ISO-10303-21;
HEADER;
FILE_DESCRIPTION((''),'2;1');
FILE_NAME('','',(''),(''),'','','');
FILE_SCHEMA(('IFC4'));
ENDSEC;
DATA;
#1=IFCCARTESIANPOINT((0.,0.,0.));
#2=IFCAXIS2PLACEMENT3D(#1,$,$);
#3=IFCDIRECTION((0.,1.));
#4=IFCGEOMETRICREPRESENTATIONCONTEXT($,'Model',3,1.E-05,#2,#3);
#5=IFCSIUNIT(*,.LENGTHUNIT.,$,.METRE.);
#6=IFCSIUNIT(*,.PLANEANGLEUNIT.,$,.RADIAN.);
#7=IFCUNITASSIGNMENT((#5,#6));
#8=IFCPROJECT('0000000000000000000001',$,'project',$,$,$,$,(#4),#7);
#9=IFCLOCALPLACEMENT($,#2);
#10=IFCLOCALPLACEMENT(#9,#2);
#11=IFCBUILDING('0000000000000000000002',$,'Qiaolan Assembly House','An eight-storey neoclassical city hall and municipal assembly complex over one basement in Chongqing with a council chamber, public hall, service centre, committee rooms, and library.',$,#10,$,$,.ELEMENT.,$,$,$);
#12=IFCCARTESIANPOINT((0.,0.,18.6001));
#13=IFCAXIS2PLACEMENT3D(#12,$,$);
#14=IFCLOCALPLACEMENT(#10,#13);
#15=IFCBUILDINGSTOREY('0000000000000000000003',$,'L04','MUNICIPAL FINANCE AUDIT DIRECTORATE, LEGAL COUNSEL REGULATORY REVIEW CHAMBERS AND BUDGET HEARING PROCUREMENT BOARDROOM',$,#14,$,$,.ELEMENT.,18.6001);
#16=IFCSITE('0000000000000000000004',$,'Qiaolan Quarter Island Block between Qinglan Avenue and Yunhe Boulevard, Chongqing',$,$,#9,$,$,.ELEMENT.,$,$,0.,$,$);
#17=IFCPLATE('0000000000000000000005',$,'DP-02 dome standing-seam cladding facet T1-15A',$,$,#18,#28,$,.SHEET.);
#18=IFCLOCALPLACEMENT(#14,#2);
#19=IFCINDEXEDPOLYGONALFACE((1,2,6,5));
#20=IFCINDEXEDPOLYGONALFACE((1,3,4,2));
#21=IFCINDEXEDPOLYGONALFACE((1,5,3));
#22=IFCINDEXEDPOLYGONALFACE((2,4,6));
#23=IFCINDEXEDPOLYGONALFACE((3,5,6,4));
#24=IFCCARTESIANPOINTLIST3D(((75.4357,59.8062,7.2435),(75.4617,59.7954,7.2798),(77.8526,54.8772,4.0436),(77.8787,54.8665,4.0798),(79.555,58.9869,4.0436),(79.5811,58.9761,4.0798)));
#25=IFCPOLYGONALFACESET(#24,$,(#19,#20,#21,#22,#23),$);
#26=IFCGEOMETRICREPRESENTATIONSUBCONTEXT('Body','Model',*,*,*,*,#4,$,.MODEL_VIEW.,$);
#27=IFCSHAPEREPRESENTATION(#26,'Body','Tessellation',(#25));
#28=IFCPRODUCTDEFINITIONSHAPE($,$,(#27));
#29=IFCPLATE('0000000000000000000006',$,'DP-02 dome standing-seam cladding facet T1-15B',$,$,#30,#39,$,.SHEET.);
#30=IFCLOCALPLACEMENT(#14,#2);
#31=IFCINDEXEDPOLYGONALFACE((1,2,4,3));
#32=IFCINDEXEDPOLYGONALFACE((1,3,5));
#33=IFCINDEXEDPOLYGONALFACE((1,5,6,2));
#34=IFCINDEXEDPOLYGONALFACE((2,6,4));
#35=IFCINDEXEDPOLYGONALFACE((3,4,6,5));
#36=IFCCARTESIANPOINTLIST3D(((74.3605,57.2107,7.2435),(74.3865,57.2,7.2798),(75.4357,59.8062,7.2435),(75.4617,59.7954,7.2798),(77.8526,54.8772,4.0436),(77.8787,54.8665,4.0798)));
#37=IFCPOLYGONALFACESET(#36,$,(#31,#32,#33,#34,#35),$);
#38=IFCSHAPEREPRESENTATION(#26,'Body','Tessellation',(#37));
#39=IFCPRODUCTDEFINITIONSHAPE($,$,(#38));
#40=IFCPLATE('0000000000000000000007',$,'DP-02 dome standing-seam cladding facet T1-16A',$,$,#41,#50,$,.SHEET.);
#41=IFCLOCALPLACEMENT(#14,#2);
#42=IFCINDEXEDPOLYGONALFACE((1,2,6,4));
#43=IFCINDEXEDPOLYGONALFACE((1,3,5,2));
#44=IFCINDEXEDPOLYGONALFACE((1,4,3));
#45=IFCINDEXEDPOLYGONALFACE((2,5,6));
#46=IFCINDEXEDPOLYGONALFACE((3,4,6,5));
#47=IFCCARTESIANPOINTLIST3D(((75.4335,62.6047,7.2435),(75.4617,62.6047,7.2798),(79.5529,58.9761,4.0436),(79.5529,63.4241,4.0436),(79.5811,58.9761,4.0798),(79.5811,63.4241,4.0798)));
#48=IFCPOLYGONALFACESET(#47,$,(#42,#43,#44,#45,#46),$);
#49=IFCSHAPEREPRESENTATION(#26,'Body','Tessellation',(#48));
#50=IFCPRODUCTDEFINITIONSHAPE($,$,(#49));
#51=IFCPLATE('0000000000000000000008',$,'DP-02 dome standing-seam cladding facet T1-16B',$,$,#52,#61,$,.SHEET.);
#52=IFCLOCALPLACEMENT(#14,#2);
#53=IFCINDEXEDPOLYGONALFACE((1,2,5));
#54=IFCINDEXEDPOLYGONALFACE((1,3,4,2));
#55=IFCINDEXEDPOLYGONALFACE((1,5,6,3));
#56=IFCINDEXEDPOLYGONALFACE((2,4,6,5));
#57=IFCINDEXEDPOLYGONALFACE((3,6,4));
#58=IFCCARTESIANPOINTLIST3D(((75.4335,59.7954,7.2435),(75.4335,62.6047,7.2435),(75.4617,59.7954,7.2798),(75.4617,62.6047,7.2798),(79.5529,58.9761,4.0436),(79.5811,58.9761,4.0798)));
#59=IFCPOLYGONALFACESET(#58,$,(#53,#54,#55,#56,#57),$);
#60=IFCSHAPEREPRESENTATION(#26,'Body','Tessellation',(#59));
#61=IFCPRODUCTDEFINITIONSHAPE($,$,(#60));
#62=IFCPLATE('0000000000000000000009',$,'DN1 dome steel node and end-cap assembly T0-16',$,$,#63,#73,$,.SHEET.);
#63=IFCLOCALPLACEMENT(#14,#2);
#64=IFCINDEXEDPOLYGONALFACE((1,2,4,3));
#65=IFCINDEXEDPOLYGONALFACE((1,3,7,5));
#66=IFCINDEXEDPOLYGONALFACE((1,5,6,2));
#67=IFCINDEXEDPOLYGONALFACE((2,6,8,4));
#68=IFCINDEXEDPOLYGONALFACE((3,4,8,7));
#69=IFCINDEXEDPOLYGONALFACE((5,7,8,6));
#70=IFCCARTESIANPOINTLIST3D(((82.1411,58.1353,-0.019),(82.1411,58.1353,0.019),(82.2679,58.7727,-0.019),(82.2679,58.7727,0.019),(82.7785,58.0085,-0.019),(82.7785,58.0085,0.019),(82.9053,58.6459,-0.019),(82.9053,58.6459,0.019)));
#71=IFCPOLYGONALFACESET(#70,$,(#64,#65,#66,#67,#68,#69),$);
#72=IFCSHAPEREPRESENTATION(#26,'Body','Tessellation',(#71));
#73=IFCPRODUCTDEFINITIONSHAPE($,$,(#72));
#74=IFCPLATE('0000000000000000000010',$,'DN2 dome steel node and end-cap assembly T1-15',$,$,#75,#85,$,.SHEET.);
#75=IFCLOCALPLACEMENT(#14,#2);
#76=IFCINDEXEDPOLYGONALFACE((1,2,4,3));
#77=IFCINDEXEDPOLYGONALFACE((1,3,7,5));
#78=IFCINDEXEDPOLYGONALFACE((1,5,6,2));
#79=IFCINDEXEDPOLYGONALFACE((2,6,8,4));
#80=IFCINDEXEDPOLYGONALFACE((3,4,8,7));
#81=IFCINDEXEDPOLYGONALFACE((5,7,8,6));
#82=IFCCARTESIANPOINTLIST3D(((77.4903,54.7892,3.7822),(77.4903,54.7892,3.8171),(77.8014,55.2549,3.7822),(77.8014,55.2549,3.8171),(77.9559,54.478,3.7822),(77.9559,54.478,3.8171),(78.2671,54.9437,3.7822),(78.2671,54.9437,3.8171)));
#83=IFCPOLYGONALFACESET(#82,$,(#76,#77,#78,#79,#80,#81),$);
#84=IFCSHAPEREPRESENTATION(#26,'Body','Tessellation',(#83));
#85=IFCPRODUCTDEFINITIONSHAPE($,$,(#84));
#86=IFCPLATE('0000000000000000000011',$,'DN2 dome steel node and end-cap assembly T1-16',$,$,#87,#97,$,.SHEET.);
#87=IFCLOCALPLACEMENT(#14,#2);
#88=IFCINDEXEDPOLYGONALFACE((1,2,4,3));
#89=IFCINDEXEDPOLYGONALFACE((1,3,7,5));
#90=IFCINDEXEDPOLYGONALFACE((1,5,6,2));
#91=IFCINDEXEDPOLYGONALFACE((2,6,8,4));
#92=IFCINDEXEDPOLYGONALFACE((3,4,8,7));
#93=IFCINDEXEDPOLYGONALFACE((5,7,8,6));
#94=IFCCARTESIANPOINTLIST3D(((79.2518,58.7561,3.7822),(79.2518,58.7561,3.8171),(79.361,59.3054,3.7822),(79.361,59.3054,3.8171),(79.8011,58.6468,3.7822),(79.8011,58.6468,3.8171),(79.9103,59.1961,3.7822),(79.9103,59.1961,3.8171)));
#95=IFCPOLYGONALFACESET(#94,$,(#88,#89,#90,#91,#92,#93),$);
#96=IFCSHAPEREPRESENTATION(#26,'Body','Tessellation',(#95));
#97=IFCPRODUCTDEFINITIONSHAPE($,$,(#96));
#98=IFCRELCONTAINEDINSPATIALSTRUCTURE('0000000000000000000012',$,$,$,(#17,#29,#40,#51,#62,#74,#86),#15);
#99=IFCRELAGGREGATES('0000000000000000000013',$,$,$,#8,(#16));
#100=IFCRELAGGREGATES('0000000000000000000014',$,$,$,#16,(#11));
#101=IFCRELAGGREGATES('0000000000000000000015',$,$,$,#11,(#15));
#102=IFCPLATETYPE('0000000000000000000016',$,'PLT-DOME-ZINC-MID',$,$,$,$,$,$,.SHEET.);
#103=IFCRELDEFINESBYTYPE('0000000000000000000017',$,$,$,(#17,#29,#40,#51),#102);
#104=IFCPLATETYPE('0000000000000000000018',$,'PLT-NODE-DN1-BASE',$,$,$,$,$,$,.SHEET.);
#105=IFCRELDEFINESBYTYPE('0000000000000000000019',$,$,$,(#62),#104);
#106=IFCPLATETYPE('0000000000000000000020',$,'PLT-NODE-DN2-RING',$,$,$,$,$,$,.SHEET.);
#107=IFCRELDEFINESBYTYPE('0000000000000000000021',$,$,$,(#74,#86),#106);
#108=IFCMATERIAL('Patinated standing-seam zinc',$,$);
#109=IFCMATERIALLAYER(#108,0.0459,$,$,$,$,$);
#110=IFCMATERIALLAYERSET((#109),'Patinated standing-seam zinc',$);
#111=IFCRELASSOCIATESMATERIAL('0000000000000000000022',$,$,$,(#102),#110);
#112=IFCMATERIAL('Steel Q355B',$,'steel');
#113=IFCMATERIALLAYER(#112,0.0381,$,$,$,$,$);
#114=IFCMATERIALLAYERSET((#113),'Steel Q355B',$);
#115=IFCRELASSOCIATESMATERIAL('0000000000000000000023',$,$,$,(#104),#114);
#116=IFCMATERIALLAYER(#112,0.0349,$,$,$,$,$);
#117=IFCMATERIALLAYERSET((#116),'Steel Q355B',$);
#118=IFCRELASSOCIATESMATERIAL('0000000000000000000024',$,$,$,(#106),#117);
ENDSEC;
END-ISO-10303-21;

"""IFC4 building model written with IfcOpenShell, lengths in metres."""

from ifc_helpers import new_model, si_unit, direction, frame, origin, origin_2d, place, context, subcontext, project, spatial, polyline, rectangle, outline, extrude, material, layer, layer_set, type_object, element, save


model = new_model("IFC4")

# Units and contexts
model_context = context("Model", 3, precision=1e-05, world=origin(), true_north=direction((0.0, 1.0)))
body_context = subcontext(model_context, "Body", "Model", "MODEL_VIEW")
ifc_project = project(units=[si_unit("LENGTHUNIT", "METRE"), si_unit("PLANEANGLEUNIT", "RADIAN")], contexts=[model_context])

# Site, building, storey
site_placement = place(None, origin())
site = spatial("IfcSite", under=ifc_project, at=site_placement, Name="Qiaolan Quarter Island Block between Qinglan Avenue and Yunhe Boulevard, Chongqing", CompositionType="ELEMENT", RefElevation=0.0)
building_placement = place(site_placement, origin())
building = spatial("IfcBuilding", under=site, at=building_placement, Name="Qiaolan Assembly House", Description="An eight-storey neoclassical city hall and municipal assembly complex over one basement in Chongqing with a council chamber, public hall, service centre, committee rooms, and library.", CompositionType="ELEMENT")
storey_placement = place(building_placement, frame((0.0, 0.0, 18.6001)))
storey = spatial("IfcBuildingStorey", under=building, at=storey_placement, Name="L04", Description="MUNICIPAL FINANCE AUDIT DIRECTORATE, LEGAL COUNSEL REGULATORY REVIEW CHAMBERS AND BUDGET HEARING PROCUREMENT BOARDROOM", CompositionType="ELEMENT", Elevation=18.6001)

# Shared definitions
ifc_material_1 = material(Name="Steel Q355B", Category="steel")

# Plates
ifc_material_2 = material(Name="Patinated standing-seam zinc")
ifc_layer_1 = layer(ifc_material_2, 0.0459)
ifc_layer_set_1 = layer_set([ifc_layer_1], Name="Patinated standing-seam zinc")
plate_type_1 = type_object("IfcPlateType", Name="PLT-DOME-ZINC-MID", PredefinedType="SHEET", material=ifc_layer_set_1)
plate_1_placement = place(storey_placement, frame((77.8787, 54.8665, 4.0798), z_axis=(0.566761, -0.234779, 0.789722), x_axis=(0.382709, 0.923869, 0.0)))
element("IfcPlate", 1, at=plate_1_placement, inside=storey, type_object=plate_type_1, Name="DP-02 dome standing-seam cladding facet T1-15A", PredefinedType="SHEET", context=body_context, shape_type="SweptSolid", body=[
    extrude(outline(polyline([(0.0, 0.0), (4.4483, 0.0), (3.6287, 5.2162), (0.0, 0.0)])), origin(), (0.0, 0.0, -1.0), 0.0459),
])
plate_2_placement = place(storey_placement, frame((77.8787, 54.8665, 4.0798), z_axis=(0.566755, -0.234784, 0.789725), x_axis=(-0.380376, 0.775698, 0.503594)))
element("IfcPlate", 2, at=plate_2_placement, inside=storey, type_object=plate_type_1, Name="DP-02 dome standing-seam cladding facet T1-15B", PredefinedType="SHEET", context=body_context, shape_type="SweptSolid", body=[
    extrude(outline(polyline([(0.0, 0.0), (6.3542, 0.0), (4.7499, 2.3062), (0.0, 0.0)])), origin(), (0.0, 0.0, -1.0), 0.0459),
])
plate_3_placement = place(storey_placement, frame((79.5811, 58.9761, 4.0798), z_axis=(0.613461, 0.0, 0.789725), x_axis=(0.0, 1.0, 0.0)))
element("IfcPlate", 3, at=plate_3_placement, inside=storey, type_object=plate_type_1, Name="DP-02 dome standing-seam cladding facet T1-16A", PredefinedType="SHEET", context=body_context, shape_type="SweptSolid", body=[
    extrude(outline(polyline([(0.0, 0.0), (4.448, 0.0), (3.6287, 5.2162), (0.0, 0.0)])), origin(), (0.0, 0.0, -1.0), 0.0459),
])
plate_4_placement = place(storey_placement, frame((79.5811, 58.9761, 4.0798), z_axis=(0.613461, 0.0, 0.789725), x_axis=(-0.64829, 0.571063, 0.503594)))
element("IfcPlate", 4, at=plate_4_placement, inside=storey, type_object=plate_type_1, Name="DP-02 dome standing-seam cladding facet T1-16B", PredefinedType="SHEET", context=body_context, shape_type="SweptSolid", body=[
    extrude(outline(polyline([(0.0, 0.0), (6.3542, 0.0), (4.7499, 2.3062), (0.0, 0.0)])), origin(), (0.0, 0.0, -1.0), 0.0459),
])
ifc_layer_2 = layer(ifc_material_1, 0.0381)
ifc_layer_set_2 = layer_set([ifc_layer_2], Name="Steel Q355B")
plate_type_2 = type_object("IfcPlateType", Name="PLT-NODE-DN1-BASE", PredefinedType="SHEET", material=ifc_layer_set_2)
plate_5_placement = place(storey_placement, frame((82.5232, 58.3906, -0.019), z_axis=(0.0, 0.0, 1.0), x_axis=(0.980785, -0.19509, 0.0)))
element("IfcPlate", 5, at=plate_5_placement, inside=storey, type_object=plate_type_2, Name="DN1 dome steel node and end-cap assembly T0-16", PredefinedType="SHEET", context=body_context, shape_type="SweptSolid", body=[
    extrude(rectangle(XDim=0.6499, YDim=0.6499, at=origin_2d()), origin(), (0.0, 0.0, 1.0), 0.0381),
])
ifc_layer_3 = layer(ifc_material_1, 0.0349)
ifc_layer_set_3 = layer_set([ifc_layer_3], Name="Steel Q355B")
plate_type_3 = type_object("IfcPlateType", Name="PLT-NODE-DN2-RING", PredefinedType="SHEET", material=ifc_layer_set_3)
for number, where, z_axis, x_axis, name in (
    (6, (77.8787, 54.8665, 3.7822), (0.0, 0.0, 1.0), (0.83147, -0.55557, 0.0), "DN2 dome steel node and end-cap assembly T1-15"),
    (7, (79.5811, 58.9761, 3.7822), (0.0, 0.0, 1.0), (0.980785, -0.19509, 0.0), "DN2 dome steel node and end-cap assembly T1-16"),
):
    element("IfcPlate", number, at=place(storey_placement, frame(where, z_axis=z_axis, x_axis=x_axis)), inside=storey, type_object=plate_type_3, Name=name, PredefinedType="SHEET", context=body_context, shape_type="SweptSolid", body=[
        extrude(rectangle(XDim=0.5601, YDim=0.5601, at=origin_2d()), origin(), (0.0, 0.0, 1.0), 0.0349),
    ])

save(model, "model.ifc")
